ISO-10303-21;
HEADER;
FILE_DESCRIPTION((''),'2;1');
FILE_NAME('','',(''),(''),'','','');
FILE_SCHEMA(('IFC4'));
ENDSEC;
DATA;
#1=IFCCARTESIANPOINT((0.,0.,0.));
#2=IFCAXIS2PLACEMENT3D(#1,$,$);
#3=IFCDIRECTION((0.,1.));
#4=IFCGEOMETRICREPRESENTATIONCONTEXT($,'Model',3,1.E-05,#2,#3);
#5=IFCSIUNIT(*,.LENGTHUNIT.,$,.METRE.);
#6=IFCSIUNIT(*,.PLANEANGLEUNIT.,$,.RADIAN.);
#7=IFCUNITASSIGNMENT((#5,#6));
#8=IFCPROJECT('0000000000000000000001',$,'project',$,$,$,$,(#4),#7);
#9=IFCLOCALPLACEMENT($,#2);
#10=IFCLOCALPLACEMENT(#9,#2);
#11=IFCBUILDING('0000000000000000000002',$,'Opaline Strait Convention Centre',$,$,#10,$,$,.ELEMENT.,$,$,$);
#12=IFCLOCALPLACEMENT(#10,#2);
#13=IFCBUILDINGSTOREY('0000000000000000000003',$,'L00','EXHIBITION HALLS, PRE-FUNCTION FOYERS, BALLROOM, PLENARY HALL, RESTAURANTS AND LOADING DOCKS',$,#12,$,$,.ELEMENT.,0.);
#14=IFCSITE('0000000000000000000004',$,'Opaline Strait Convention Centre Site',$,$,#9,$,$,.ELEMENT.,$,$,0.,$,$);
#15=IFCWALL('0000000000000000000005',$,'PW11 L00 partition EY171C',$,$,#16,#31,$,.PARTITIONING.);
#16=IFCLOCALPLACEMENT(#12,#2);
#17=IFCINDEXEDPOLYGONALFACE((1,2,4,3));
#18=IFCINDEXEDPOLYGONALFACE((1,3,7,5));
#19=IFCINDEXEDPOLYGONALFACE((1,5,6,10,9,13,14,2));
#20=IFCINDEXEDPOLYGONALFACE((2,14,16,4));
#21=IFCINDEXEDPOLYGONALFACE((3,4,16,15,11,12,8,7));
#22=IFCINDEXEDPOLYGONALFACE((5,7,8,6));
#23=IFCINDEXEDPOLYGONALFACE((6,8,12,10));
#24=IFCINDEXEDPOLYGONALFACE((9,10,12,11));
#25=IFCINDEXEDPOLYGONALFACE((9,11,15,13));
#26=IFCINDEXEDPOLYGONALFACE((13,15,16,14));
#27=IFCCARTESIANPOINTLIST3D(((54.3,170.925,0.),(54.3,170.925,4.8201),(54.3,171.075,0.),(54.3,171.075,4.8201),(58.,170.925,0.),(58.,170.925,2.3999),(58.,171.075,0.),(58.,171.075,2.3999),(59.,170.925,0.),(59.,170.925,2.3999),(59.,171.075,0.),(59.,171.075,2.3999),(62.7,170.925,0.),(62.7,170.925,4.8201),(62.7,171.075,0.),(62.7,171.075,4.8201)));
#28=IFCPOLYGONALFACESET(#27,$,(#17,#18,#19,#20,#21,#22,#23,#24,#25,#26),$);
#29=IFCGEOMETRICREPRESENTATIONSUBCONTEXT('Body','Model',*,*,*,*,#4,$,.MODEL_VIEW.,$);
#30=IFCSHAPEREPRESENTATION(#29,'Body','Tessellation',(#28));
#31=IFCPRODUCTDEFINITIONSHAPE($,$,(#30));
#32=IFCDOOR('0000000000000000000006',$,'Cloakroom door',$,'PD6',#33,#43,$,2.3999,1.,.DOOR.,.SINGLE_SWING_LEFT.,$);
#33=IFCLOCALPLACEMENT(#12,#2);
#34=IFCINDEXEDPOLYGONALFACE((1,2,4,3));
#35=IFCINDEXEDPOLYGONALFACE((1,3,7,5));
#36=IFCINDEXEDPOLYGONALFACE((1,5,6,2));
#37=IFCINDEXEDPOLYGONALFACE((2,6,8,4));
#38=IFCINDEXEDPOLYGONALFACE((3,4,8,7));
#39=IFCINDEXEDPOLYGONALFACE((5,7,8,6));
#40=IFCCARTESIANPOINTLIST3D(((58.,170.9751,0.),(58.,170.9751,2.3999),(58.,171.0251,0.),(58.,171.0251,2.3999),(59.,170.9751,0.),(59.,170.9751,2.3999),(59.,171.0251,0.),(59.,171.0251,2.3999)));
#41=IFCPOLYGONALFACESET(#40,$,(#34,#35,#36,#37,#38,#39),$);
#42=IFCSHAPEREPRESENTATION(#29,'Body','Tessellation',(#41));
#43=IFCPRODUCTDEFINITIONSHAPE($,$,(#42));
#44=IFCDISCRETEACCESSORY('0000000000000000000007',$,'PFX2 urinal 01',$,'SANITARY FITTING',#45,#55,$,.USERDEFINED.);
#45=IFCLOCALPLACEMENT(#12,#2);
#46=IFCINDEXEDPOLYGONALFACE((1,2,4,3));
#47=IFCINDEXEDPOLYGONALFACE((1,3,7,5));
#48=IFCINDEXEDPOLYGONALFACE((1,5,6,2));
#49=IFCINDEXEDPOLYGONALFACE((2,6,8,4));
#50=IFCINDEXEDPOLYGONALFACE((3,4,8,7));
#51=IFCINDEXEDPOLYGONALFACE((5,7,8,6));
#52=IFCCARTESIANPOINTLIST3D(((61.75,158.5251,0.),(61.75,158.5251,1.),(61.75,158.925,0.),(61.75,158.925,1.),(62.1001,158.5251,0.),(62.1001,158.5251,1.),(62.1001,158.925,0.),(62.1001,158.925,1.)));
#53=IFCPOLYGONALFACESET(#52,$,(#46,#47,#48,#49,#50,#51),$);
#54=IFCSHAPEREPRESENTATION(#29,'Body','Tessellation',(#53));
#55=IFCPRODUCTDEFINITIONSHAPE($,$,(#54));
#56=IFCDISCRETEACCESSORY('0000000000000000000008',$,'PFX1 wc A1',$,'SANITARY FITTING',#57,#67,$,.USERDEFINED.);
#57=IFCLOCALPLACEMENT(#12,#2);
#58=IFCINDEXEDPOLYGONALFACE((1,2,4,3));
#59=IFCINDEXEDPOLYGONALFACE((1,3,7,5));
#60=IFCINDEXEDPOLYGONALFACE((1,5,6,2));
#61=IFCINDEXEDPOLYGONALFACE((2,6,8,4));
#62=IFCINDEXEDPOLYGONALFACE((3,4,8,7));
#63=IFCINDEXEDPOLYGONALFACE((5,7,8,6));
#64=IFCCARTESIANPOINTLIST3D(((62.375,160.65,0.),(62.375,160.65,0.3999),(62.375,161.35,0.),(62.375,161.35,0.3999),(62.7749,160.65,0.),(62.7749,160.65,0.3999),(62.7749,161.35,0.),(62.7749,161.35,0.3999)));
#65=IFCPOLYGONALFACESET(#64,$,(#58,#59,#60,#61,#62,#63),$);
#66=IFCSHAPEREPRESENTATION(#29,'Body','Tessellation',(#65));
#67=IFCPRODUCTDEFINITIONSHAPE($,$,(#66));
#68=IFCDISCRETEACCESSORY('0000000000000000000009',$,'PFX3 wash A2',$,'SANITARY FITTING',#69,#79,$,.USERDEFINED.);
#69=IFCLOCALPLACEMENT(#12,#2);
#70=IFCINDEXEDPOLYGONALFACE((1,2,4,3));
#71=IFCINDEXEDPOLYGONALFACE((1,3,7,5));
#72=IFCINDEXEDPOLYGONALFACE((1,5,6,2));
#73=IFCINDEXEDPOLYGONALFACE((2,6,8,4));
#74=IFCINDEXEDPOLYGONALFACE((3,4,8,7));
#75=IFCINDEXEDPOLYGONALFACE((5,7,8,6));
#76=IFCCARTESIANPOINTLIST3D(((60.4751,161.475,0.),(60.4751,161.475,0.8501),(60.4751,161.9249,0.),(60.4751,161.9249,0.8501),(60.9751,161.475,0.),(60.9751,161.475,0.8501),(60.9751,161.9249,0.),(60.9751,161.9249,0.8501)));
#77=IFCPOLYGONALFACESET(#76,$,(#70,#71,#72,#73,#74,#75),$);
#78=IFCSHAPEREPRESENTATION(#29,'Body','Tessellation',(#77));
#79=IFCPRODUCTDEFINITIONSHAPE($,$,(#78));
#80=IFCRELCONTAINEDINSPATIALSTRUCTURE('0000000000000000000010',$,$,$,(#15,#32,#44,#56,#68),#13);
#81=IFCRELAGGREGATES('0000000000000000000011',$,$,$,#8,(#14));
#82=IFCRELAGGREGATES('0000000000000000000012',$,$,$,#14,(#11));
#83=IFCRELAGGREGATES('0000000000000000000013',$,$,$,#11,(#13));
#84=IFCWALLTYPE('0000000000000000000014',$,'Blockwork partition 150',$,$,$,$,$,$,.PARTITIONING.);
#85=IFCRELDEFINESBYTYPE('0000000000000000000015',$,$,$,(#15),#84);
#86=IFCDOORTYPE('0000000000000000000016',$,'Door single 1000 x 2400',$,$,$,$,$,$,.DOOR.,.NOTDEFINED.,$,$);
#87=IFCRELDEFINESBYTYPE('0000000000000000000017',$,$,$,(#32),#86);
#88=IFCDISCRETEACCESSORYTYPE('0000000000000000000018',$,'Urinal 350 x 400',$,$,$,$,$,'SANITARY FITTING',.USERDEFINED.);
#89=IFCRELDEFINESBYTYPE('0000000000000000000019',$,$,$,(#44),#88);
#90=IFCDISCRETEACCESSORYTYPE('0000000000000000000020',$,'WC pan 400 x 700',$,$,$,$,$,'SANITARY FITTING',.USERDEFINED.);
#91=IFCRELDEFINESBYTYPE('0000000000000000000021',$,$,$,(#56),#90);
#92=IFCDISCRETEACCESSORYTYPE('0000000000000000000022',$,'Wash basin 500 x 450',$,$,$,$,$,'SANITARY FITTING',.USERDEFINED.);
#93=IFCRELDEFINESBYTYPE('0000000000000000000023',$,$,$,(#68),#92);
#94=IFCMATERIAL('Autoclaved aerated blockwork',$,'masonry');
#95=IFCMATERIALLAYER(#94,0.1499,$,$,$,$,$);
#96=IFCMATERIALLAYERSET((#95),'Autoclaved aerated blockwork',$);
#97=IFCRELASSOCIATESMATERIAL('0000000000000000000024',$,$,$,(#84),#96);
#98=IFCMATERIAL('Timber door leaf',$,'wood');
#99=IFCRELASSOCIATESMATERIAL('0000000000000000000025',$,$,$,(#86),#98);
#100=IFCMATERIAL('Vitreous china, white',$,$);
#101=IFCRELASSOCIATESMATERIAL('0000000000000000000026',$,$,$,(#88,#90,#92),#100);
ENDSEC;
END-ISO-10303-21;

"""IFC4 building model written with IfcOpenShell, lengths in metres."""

from ifc_helpers import new_model, si_unit, direction, frame, frame_2d, origin, origin_2d, place, context, subcontext, project, spatial, rectangle, extrude, material, layer, layer_set, type_object, element, fill, save


model = new_model("IFC4")

# Units and contexts
model_context = context("Model", 3, precision=1e-05, world=origin(), true_north=direction((0.0, 1.0)))
body_context = subcontext(model_context, "Body", "Model", "MODEL_VIEW")
ifc_project = project(units=[si_unit("LENGTHUNIT", "METRE"), si_unit("PLANEANGLEUNIT", "RADIAN")], contexts=[model_context])

# Site, building, storey
site_placement = place(None, origin())
site = spatial("IfcSite", under=ifc_project, at=site_placement, Name="Opaline Strait Convention Centre Site", CompositionType="ELEMENT", RefElevation=0.0)
building_placement = place(site_placement, origin())
building = spatial("IfcBuilding", under=site, at=building_placement, Name="Opaline Strait Convention Centre", CompositionType="ELEMENT")
storey_placement = place(building_placement, origin())
storey = spatial("IfcBuildingStorey", under=building, at=storey_placement, Name="L00", Description="EXHIBITION HALLS, PRE-FUNCTION FOYERS, BALLROOM, PLENARY HALL, RESTAURANTS AND LOADING DOCKS", CompositionType="ELEMENT", Elevation=0.0)

# Shared definitions
ifc_material_1 = material(Name="Autoclaved aerated blockwork", Category="masonry")
ifc_layer = layer(ifc_material_1, 0.1499)
ifc_layer_set = layer_set([ifc_layer], Name="Autoclaved aerated blockwork")
wall_type = type_object("IfcWallType", Name="Blockwork partition 150", PredefinedType="PARTITIONING", material=ifc_layer_set)
ifc_material_2 = material(Name="Timber door leaf", Category="wood")
door_type_1 = type_object("IfcDoorType", Name="Door single 1000 x 2400", OperationType="NOTDEFINED", PredefinedType="DOOR", material=ifc_material_2)

# Wall, opening, door
wall_1_placement = place(storey_placement, frame((62.7, 171.0, 0.0), z_axis=(0.0, 0.0, 1.0), x_axis=(-1.0, 0.0, 0.0)))
wall_1 = element("IfcWall", 1, at=wall_1_placement, inside=storey, type_object=wall_type, Name="PW11 L00 partition EY171C", PredefinedType="PARTITIONING", context=body_context, shape_type="SweptSolid", body=[
    extrude(rectangle(XDim=8.3999, YDim=0.1499, at=frame_2d((4.2, 0.0))), origin(), (0.0, 0.0, 1.0), 4.8201),
])
opening_1_placement = place(wall_1_placement, frame((3.7, 0.0, 0.0)))
opening_1 = element("IfcOpeningElement", 2, at=opening_1_placement, cuts=wall_1, PredefinedType="OPENING", context=body_context, shape_type="SweptSolid", body=[
    extrude(rectangle(XDim=1.0, YDim=2.3999, at=frame_2d((0.5, 1.2))), frame((0.0, 0.085, 0.0), z_axis=(0.0, -1.0, 0.0), x_axis=(1.0, 0.0, 0.0)), (0.0, 0.0, 1.0), 0.1699),
])
door_1_placement = place(opening_1_placement, origin())
door_1 = element("IfcDoor", 3, at=door_1_placement, inside=storey, type_object=door_type_1, Name="Cloakroom door", ObjectType="PD6", OperationType="SINGLE_SWING_LEFT", OverallHeight=2.3999, OverallWidth=1.0, PredefinedType="DOOR", context=body_context, shape_type="SweptSolid", body=[
    extrude(rectangle(XDim=1.0, YDim=2.3999, at=frame_2d((0.5, 1.2))), frame((0.0, 0.0249, 0.0), z_axis=(0.0, -1.0, 0.0), x_axis=(1.0, 0.0, 0.0)), (0.0, 0.0, 1.0), 0.05),
])
fill(opening_1, door_1)

# Discrete accessories
ifc_material_3 = material(Name="Vitreous china, white")
discrete_accessory_type_1 = type_object("IfcDiscreteAccessoryType", Name="Urinal 350 x 400", ElementType="SANITARY FITTING", PredefinedType="USERDEFINED", material=ifc_material_3)
discrete_accessory_1_placement = place(storey_placement, frame((61.925, 158.7251, 0.0), z_axis=(0.0, 0.0, 1.0), x_axis=(1.0, 0.0, 0.0)))
element("IfcDiscreteAccessory", 4, at=discrete_accessory_1_placement, inside=storey, type_object=discrete_accessory_type_1, Name="PFX2 urinal 01", ObjectType="SANITARY FITTING", PredefinedType="USERDEFINED", context=body_context, shape_type="SweptSolid", body=[
    extrude(rectangle(XDim=0.3501, YDim=0.3999, at=origin_2d()), origin(), (0.0, 0.0, 1.0), 1.0),
])
discrete_accessory_type_2 = type_object("IfcDiscreteAccessoryType", Name="WC pan 400 x 700", ElementType="SANITARY FITTING", PredefinedType="USERDEFINED", material=ifc_material_3)
discrete_accessory_2_placement = place(storey_placement, frame((62.575, 161.0, 0.0), z_axis=(0.0, 0.0, 1.0), x_axis=(1.0, 0.0, 0.0)))
element("IfcDiscreteAccessory", 5, at=discrete_accessory_2_placement, inside=storey, type_object=discrete_accessory_type_2, Name="PFX1 wc A1", ObjectType="SANITARY FITTING", PredefinedType="USERDEFINED", context=body_context, shape_type="SweptSolid", body=[
    extrude(rectangle(XDim=0.3999, YDim=0.7, at=origin_2d()), origin(), (0.0, 0.0, 1.0), 0.3999),
])
discrete_accessory_type_3 = type_object("IfcDiscreteAccessoryType", Name="Wash basin 500 x 450", ElementType="SANITARY FITTING", PredefinedType="USERDEFINED", material=ifc_material_3)
discrete_accessory_3_placement = place(storey_placement, frame((60.7251, 161.7, 0.0), z_axis=(0.0, 0.0, 1.0), x_axis=(1.0, 0.0, 0.0)))
element("IfcDiscreteAccessory", 6, at=discrete_accessory_3_placement, inside=storey, type_object=discrete_accessory_type_3, Name="PFX3 wash A2", ObjectType="SANITARY FITTING", PredefinedType="USERDEFINED", context=body_context, shape_type="SweptSolid", body=[
    extrude(rectangle(XDim=0.5, YDim=0.45, at=origin_2d()), origin(), (0.0, 0.0, 1.0), 0.8501),
])

save(model, "model.ifc")
